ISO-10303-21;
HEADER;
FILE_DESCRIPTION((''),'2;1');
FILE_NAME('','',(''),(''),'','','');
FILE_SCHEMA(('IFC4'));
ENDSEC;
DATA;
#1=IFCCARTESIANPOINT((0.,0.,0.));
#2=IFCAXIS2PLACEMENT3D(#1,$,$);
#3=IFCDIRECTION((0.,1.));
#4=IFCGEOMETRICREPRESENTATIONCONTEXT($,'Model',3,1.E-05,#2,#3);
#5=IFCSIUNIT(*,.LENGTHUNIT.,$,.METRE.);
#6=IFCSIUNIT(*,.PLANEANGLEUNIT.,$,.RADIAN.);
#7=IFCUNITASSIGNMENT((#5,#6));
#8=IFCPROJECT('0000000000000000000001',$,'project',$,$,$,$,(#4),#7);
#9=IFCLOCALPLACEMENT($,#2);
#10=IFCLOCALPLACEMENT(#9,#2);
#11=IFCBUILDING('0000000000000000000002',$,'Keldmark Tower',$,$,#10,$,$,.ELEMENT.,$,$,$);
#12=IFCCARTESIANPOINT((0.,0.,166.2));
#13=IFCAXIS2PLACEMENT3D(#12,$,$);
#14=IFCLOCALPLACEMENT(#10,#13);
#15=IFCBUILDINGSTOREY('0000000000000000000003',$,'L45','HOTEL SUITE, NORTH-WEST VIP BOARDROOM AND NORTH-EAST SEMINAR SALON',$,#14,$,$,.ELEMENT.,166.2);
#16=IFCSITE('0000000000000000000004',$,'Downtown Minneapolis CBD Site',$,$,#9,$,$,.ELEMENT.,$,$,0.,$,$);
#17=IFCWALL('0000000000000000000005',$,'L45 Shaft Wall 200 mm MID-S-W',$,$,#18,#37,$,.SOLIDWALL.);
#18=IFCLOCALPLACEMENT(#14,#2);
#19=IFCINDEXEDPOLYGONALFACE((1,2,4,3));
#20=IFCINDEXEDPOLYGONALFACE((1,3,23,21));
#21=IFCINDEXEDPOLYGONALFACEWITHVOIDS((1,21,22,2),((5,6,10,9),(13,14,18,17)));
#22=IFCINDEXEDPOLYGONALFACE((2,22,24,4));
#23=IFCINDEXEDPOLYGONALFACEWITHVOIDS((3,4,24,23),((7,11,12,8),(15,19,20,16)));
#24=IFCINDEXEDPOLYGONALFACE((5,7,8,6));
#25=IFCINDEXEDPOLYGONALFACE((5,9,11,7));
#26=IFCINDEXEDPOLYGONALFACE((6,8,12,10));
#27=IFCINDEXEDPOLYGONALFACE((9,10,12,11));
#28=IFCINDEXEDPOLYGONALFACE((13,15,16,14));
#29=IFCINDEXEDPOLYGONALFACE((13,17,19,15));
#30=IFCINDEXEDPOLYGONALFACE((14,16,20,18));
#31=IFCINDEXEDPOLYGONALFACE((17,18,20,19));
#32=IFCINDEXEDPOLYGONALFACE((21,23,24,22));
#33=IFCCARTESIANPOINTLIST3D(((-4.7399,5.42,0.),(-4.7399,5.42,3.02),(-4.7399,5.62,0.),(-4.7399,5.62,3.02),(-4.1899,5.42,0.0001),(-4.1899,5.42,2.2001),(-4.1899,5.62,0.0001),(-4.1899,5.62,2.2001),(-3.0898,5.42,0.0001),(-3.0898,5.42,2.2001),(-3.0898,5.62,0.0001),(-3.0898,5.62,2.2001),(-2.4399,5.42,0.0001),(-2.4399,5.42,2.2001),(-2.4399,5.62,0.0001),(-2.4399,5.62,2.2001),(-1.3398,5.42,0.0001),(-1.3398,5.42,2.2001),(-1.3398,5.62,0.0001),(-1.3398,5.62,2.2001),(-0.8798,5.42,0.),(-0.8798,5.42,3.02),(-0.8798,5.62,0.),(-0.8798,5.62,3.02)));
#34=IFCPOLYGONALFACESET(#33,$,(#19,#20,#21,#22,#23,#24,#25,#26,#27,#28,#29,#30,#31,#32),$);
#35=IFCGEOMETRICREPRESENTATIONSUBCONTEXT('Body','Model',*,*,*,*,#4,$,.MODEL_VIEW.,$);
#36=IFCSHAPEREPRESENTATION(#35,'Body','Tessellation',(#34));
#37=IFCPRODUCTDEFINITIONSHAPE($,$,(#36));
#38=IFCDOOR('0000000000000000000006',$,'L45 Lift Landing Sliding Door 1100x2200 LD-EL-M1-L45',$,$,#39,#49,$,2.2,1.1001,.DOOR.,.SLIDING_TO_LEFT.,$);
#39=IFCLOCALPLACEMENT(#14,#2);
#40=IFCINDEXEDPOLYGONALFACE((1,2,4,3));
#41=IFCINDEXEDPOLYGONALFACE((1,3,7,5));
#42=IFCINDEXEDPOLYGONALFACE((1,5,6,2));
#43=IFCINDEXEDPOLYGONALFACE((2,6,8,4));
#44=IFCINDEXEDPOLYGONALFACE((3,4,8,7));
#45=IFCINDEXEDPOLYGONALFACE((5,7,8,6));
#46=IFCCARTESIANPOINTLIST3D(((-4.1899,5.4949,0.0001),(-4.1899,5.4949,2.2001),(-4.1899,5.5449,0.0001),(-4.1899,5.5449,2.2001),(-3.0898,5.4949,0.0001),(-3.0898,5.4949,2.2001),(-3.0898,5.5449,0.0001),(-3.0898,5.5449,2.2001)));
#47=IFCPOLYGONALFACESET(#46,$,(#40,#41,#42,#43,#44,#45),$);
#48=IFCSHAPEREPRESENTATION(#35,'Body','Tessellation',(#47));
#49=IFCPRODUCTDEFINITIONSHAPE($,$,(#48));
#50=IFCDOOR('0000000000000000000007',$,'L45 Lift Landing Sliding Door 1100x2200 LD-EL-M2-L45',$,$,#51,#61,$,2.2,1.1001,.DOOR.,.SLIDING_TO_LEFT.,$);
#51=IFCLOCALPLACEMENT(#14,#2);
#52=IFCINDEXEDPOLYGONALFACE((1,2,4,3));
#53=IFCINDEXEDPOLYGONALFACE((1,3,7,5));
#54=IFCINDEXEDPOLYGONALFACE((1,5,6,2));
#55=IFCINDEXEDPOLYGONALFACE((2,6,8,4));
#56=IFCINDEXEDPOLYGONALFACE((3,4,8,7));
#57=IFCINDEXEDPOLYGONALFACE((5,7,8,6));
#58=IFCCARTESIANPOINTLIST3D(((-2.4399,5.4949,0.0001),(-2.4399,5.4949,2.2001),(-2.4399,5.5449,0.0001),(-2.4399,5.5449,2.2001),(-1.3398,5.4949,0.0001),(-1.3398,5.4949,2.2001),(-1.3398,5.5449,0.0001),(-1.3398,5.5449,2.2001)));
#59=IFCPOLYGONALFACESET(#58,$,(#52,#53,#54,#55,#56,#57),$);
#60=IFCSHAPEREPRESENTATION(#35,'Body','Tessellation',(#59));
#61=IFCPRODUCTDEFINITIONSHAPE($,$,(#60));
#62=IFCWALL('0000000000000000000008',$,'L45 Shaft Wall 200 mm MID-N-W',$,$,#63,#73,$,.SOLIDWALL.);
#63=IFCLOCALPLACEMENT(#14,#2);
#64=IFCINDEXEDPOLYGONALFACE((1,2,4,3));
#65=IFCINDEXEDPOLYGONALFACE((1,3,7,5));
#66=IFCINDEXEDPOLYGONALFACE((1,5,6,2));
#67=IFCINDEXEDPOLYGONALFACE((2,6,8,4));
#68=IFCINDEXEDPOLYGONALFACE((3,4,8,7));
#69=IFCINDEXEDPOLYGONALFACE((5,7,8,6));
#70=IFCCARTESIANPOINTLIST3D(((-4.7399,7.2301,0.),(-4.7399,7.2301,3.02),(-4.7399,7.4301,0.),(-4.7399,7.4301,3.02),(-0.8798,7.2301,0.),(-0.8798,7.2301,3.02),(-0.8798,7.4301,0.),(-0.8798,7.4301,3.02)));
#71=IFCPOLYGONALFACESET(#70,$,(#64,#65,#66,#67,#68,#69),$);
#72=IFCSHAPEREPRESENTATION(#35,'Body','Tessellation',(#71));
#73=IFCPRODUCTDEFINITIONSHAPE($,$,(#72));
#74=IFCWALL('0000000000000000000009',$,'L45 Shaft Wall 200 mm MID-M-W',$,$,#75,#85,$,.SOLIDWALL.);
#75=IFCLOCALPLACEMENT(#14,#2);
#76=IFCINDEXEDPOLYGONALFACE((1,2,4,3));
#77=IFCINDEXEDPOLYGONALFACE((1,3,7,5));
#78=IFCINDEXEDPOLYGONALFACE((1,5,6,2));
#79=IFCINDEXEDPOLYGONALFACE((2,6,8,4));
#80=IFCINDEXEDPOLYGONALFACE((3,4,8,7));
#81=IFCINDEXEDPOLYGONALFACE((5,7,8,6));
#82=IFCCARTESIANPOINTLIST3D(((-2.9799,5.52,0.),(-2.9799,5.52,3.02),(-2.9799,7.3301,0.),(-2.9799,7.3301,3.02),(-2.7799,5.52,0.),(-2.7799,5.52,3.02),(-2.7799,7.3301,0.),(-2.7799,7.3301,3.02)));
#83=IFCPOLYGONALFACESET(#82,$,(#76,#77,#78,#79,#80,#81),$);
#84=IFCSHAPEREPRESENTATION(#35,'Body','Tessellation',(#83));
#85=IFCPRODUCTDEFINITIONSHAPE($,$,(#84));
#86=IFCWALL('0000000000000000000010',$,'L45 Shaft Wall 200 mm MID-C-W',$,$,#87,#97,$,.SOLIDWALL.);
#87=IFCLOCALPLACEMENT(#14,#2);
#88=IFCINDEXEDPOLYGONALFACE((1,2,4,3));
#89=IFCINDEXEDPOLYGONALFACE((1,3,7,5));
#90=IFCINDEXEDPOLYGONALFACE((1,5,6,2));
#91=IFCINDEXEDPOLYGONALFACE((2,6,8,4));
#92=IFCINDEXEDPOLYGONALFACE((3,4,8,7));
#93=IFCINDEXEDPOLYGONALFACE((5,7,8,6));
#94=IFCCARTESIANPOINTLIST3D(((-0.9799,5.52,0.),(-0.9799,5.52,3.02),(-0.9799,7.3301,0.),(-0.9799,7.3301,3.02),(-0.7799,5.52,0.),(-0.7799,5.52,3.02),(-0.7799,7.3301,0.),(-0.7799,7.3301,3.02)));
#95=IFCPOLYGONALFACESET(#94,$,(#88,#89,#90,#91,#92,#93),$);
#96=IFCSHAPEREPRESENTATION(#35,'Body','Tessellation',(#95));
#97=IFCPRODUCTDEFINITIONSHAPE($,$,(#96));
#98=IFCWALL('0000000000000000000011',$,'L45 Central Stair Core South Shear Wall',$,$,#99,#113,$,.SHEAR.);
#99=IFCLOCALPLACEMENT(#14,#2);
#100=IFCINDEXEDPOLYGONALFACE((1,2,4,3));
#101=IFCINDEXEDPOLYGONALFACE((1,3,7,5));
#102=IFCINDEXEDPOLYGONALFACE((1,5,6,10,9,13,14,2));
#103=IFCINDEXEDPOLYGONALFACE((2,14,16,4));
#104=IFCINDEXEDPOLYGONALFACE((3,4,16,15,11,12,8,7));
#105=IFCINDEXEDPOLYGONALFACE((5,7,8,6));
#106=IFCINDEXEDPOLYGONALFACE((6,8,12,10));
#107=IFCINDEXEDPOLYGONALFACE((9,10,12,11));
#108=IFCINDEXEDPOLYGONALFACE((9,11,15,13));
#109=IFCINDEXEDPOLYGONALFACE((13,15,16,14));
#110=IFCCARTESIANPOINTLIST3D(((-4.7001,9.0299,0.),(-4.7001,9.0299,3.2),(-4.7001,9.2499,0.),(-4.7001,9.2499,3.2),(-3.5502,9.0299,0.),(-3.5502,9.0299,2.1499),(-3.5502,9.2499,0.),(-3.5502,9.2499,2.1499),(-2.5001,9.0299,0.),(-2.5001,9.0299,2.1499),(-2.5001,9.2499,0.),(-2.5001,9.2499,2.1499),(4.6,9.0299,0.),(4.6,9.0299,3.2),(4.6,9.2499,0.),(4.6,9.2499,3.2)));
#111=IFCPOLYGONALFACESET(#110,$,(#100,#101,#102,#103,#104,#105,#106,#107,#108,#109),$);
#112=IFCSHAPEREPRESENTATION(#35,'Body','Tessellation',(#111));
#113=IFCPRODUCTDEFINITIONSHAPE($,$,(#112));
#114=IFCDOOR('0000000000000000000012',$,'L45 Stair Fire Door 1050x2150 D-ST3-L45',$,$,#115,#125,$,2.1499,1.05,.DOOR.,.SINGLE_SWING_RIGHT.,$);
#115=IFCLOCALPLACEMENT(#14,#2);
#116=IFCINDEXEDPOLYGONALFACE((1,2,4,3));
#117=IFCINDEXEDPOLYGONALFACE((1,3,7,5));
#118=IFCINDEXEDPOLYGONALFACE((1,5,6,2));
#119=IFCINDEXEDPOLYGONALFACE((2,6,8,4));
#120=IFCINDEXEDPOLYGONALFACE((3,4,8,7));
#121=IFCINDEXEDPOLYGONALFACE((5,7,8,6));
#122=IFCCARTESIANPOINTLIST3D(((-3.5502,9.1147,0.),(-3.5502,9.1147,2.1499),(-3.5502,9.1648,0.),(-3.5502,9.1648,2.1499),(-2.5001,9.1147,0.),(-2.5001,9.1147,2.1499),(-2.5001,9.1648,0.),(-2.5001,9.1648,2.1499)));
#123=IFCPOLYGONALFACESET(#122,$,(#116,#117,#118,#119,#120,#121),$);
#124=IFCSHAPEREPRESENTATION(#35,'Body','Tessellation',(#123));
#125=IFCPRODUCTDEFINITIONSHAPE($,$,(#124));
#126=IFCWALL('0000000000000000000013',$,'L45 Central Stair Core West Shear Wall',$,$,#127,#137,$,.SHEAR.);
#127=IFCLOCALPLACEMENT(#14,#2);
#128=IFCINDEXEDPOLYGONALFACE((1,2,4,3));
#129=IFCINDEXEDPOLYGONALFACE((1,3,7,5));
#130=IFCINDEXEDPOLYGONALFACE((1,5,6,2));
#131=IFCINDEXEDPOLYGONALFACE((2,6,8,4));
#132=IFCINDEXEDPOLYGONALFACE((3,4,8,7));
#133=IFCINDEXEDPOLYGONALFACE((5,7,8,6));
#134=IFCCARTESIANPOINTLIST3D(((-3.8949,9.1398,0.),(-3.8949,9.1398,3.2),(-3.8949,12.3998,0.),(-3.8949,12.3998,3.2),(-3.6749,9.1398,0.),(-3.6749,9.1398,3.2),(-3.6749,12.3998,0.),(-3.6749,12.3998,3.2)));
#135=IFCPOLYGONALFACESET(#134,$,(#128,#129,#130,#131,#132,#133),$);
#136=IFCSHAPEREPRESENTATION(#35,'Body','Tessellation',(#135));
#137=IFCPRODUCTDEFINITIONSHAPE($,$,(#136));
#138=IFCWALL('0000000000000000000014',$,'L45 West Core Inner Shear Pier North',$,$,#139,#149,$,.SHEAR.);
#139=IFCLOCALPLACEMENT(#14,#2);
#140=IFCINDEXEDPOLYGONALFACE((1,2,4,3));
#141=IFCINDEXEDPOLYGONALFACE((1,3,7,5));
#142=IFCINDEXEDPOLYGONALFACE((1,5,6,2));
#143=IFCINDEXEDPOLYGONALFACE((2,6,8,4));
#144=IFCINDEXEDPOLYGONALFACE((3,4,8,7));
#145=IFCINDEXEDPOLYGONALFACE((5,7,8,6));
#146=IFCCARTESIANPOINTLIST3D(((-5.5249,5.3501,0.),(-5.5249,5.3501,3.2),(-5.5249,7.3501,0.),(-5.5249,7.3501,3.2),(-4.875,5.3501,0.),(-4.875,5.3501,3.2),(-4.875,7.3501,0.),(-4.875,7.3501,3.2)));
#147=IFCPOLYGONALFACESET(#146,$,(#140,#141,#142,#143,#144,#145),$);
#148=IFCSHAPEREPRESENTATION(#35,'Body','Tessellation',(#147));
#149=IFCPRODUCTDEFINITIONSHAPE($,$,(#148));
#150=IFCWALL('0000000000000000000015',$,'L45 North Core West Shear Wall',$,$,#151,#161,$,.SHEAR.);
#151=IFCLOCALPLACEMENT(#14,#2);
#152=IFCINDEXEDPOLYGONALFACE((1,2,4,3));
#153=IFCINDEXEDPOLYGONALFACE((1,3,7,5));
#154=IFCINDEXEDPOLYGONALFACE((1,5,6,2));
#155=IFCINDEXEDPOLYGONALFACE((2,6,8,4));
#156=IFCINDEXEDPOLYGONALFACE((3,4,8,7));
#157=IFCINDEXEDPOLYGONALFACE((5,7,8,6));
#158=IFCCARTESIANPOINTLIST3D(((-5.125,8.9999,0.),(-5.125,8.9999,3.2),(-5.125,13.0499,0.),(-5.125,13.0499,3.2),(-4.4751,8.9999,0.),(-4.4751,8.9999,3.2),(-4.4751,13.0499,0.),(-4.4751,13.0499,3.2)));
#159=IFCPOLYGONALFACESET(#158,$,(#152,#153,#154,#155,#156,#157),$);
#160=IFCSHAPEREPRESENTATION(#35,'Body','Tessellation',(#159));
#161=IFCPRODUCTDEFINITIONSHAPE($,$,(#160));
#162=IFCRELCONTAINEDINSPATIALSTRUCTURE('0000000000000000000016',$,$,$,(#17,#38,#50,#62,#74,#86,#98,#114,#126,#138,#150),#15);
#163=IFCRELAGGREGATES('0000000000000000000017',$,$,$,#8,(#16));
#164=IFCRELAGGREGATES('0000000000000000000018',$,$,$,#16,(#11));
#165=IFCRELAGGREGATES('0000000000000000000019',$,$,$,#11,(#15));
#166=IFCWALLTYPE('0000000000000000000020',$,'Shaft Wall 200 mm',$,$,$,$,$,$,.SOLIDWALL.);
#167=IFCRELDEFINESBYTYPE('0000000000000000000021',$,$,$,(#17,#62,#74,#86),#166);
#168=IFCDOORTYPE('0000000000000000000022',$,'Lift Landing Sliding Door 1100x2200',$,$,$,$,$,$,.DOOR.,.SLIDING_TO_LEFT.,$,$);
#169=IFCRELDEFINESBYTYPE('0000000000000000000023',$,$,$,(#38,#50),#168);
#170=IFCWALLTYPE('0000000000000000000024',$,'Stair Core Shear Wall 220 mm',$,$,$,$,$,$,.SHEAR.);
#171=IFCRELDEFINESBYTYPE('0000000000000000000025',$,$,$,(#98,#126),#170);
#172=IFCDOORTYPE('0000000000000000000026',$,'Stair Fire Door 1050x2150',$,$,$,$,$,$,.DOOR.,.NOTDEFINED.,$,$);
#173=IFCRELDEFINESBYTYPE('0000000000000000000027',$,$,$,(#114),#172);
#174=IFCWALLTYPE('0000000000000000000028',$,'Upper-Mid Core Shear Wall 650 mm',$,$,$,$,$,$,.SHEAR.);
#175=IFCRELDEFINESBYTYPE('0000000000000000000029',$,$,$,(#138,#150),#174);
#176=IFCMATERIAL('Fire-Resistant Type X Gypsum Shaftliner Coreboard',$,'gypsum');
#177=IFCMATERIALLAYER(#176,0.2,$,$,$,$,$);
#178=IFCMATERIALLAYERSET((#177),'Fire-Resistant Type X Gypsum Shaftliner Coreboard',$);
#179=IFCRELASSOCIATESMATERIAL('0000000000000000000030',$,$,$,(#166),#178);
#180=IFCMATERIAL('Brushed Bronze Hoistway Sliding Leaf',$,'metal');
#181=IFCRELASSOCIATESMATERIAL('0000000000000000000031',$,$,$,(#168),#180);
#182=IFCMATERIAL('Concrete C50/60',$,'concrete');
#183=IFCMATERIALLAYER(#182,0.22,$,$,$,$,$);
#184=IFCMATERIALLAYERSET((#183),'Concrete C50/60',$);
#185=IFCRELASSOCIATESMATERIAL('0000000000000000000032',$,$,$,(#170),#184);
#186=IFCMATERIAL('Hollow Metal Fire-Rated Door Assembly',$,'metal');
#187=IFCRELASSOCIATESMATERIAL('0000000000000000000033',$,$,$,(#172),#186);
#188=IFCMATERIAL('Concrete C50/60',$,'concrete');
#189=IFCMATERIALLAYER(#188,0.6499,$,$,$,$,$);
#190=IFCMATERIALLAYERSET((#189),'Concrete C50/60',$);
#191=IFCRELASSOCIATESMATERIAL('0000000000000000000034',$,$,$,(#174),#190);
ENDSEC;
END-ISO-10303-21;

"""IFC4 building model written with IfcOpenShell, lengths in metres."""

from ifc_helpers import new_model, si_unit, direction, frame, frame_2d, origin, place, context, subcontext, project, spatial, rectangle, extrude, material, layer, layer_set, type_object, element, fill, save


model = new_model("IFC4")

# Units and contexts
model_context = context("Model", 3, precision=1e-05, world=origin(), true_north=direction((0.0, 1.0)))
body_context = subcontext(model_context, "Body", "Model", "MODEL_VIEW")
ifc_project = project(units=[si_unit("LENGTHUNIT", "METRE"), si_unit("PLANEANGLEUNIT", "RADIAN")], contexts=[model_context])

# Site, building, storey
site_placement = place(None, origin())
site = spatial("IfcSite", under=ifc_project, at=site_placement, Name="Downtown Minneapolis CBD Site", CompositionType="ELEMENT", RefElevation=0.0)
building_placement = place(site_placement, origin())
building = spatial("IfcBuilding", under=site, at=building_placement, Name="Keldmark Tower", CompositionType="ELEMENT")
storey_placement = place(building_placement, frame((0.0, 0.0, 166.2)))
storey = spatial("IfcBuildingStorey", under=building, at=storey_placement, Name="L45", Description="HOTEL SUITE, NORTH-WEST VIP BOARDROOM AND NORTH-EAST SEMINAR SALON", CompositionType="ELEMENT", Elevation=166.2)

# Wall, openings, doors
ifc_material_1 = material(Name="Fire-Resistant Type X Gypsum Shaftliner Coreboard", Category="gypsum")
ifc_layer_1 = layer(ifc_material_1, 0.2)
ifc_layer_set_1 = layer_set([ifc_layer_1], Name="Fire-Resistant Type X Gypsum Shaftliner Coreboard")
wall_type_1 = type_object("IfcWallType", Name="Shaft Wall 200 mm", PredefinedType="SOLIDWALL", material=ifc_layer_set_1)
wall_1_placement = place(storey_placement, frame((-4.74, 5.52, 0.0), z_axis=(0.0, 0.0, 1.0), x_axis=(1.0, 0.0, 0.0)))
wall_1 = element("IfcWall", 1, at=wall_1_placement, inside=storey, type_object=wall_type_1, Name="L45 Shaft Wall 200 mm MID-S-W", PredefinedType="SOLIDWALL", context=body_context, shape_type="SweptSolid", body=[
    extrude(rectangle(XDim=3.8601, YDim=0.2, at=frame_2d((1.9302, 0.0))), origin(), (0.0, 0.0, 1.0), 3.02),
])
opening_1_placement = place(wall_1_placement, frame((0.55, 0.0, 0.0)))
opening_1 = element("IfcOpeningElement", 2, at=opening_1_placement, cuts=wall_1, PredefinedType="OPENING", context=body_context, shape_type="SweptSolid", body=[
    extrude(rectangle(XDim=1.1001, YDim=2.2, at=frame_2d((0.55, 1.1001))), frame((0.0, 0.1099, 0.0), z_axis=(0.0, -1.0, 0.0), x_axis=(1.0, 0.0, 0.0)), (0.0, 0.0, 1.0), 0.22),
])
opening_2_placement = place(wall_1_placement, frame((2.3, 0.0, 0.0)))
opening_2 = element("IfcOpeningElement", 3, at=opening_2_placement, cuts=wall_1, PredefinedType="OPENING", context=body_context, shape_type="SweptSolid", body=[
    extrude(rectangle(XDim=1.1001, YDim=2.2, at=frame_2d((0.55, 1.1001))), frame((0.0, 0.1099, 0.0), z_axis=(0.0, -1.0, 0.0), x_axis=(1.0, 0.0, 0.0)), (0.0, 0.0, 1.0), 0.22),
])
ifc_material_2 = material(Name="Brushed Bronze Hoistway Sliding Leaf", Category="metal")
door_type_1 = type_object("IfcDoorType", Name="Lift Landing Sliding Door 1100x2200", OperationType="SLIDING_TO_LEFT", PredefinedType="DOOR", material=ifc_material_2)
door_1_placement = place(opening_1_placement, origin())
door_1 = element("IfcDoor", 4, at=door_1_placement, inside=storey, type_object=door_type_1, Name="L45 Lift Landing Sliding Door 1100x2200 LD-EL-M1-L45", OperationType="SLIDING_TO_LEFT", OverallHeight=2.2, OverallWidth=1.1001, PredefinedType="DOOR", context=body_context, shape_type="SweptSolid", body=[
    extrude(rectangle(XDim=1.1001, YDim=2.2, at=frame_2d((0.55, 1.1001))), frame((0.0, 0.0249, 0.0), z_axis=(0.0, -1.0, 0.0), x_axis=(1.0, 0.0, 0.0)), (0.0, 0.0, 1.0), 0.05),
])
fill(opening_1, door_1)
door_2_placement = place(opening_2_placement, origin())
door_2 = element("IfcDoor", 5, at=door_2_placement, inside=storey, type_object=door_type_1, Name="L45 Lift Landing Sliding Door 1100x2200 LD-EL-M2-L45", OperationType="SLIDING_TO_LEFT", OverallHeight=2.2, OverallWidth=1.1001, PredefinedType="DOOR", context=body_context, shape_type="SweptSolid", body=[
    extrude(rectangle(XDim=1.1001, YDim=2.2, at=frame_2d((0.55, 1.1001))), frame((0.0, 0.0249, 0.0), z_axis=(0.0, -1.0, 0.0), x_axis=(1.0, 0.0, 0.0)), (0.0, 0.0, 1.0), 0.05),
])
fill(opening_2, door_2)

# Walls
wall_2_placement = place(storey_placement, frame((-4.74, 7.3301, 0.0), z_axis=(0.0, 0.0, 1.0), x_axis=(1.0, 0.0, 0.0)))
element("IfcWall", 6, at=wall_2_placement, inside=storey, type_object=wall_type_1, Name="L45 Shaft Wall 200 mm MID-N-W", PredefinedType="SOLIDWALL", context=body_context, shape_type="SweptSolid", body=[
    extrude(rectangle(XDim=3.8601, YDim=0.2, at=frame_2d((1.9302, 0.0))), origin(), (0.0, 0.0, 1.0), 3.02),
])
for number, where, z_axis, x_axis, name in (
    (7, (-2.8799, 5.52, 0.0), (0.0, 0.0, 1.0), (0.0, 1.0, 0.0), "L45 Shaft Wall 200 mm MID-M-W"),
    (8, (-0.8799, 5.52, 0.0), (0.0, 0.0, 1.0), (0.0, 1.0, 0.0), "L45 Shaft Wall 200 mm MID-C-W"),
):
    element("IfcWall", number, at=place(storey_placement, frame(where, z_axis=z_axis, x_axis=x_axis)), inside=storey, type_object=wall_type_1, Name=name, PredefinedType="SOLIDWALL", context=body_context, shape_type="SweptSolid", body=[
        extrude(rectangle(XDim=1.8101, YDim=0.2, at=frame_2d((0.905, 0.0))), origin(), (0.0, 0.0, 1.0), 3.02),
    ])

# Wall, opening, door
ifc_material_3 = material(Name="Concrete C50/60", Category="concrete")
ifc_layer_2 = layer(ifc_material_3, 0.22)
ifc_layer_set_2 = layer_set([ifc_layer_2], Name="Concrete C50/60")
wall_type_2 = type_object("IfcWallType", Name="Stair Core Shear Wall 220 mm", PredefinedType="SHEAR", material=ifc_layer_set_2)
wall_3_placement = place(storey_placement, frame((-4.7, 9.1399, 0.0), z_axis=(0.0, 0.0, 1.0), x_axis=(1.0, 0.0, 0.0)))
wall_3 = element("IfcWall", 9, at=wall_3_placement, inside=storey, type_object=wall_type_2, Name="L45 Central Stair Core South Shear Wall", PredefinedType="SHEAR", context=body_context, shape_type="SweptSolid", body=[
    extrude(rectangle(XDim=9.3, YDim=0.22, at=frame_2d((4.6499, 0.0))), origin(), (0.0, 0.0, 1.0), 3.2),
])
opening_3_placement = place(wall_3_placement, frame((1.1499, 0.0, 0.0)))
opening_3 = element("IfcOpeningElement", 10, at=opening_3_placement, cuts=wall_3, PredefinedType="OPENING", context=body_context, shape_type="SweptSolid", body=[
    extrude(rectangle(XDim=1.05, YDim=2.1499, at=frame_2d((0.5249, 1.075))), frame((0.0, 0.1199, 0.0), z_axis=(0.0, -1.0, 0.0), x_axis=(1.0, 0.0, 0.0)), (0.0, 0.0, 1.0), 0.24),
])
ifc_material_4 = material(Name="Hollow Metal Fire-Rated Door Assembly", Category="metal")
door_type_2 = type_object("IfcDoorType", Name="Stair Fire Door 1050x2150", OperationType="NOTDEFINED", PredefinedType="DOOR", material=ifc_material_4)
door_3_placement = place(opening_3_placement, origin())
door_3 = element("IfcDoor", 11, at=door_3_placement, inside=storey, type_object=door_type_2, Name="L45 Stair Fire Door 1050x2150 D-ST3-L45", OperationType="SINGLE_SWING_RIGHT", OverallHeight=2.1499, OverallWidth=1.05, PredefinedType="DOOR", context=body_context, shape_type="SweptSolid", body=[
    extrude(rectangle(XDim=1.05, YDim=2.1499, at=frame_2d((0.5249, 1.075))), frame((0.0, 0.0249, 0.0), z_axis=(0.0, -1.0, 0.0), x_axis=(1.0, 0.0, 0.0)), (0.0, 0.0, 1.0), 0.05),
])
fill(opening_3, door_3)

# Walls
wall_4_placement = place(storey_placement, frame((-3.7849, 9.1399, 0.0), z_axis=(0.0, 0.0, 1.0), x_axis=(0.0, 1.0, 0.0)))
element("IfcWall", 12, at=wall_4_placement, inside=storey, type_object=wall_type_2, Name="L45 Central Stair Core West Shear Wall", PredefinedType="SHEAR", context=body_context, shape_type="SweptSolid", body=[
    extrude(rectangle(XDim=3.26, YDim=0.22, at=frame_2d((1.6299, 0.0))), origin(), (0.0, 0.0, 1.0), 3.2),
])
ifc_material_5 = material(Name="Concrete C50/60", Category="concrete")
ifc_layer_3 = layer(ifc_material_5, 0.6499)
ifc_layer_set_3 = layer_set([ifc_layer_3], Name="Concrete C50/60")
wall_type_3 = type_object("IfcWallType", Name="Upper-Mid Core Shear Wall 650 mm", PredefinedType="SHEAR", material=ifc_layer_set_3)
wall_5_placement = place(storey_placement, frame((-5.2, 5.3501, 0.0), z_axis=(0.0, 0.0, 1.0), x_axis=(0.0, 1.0, 0.0)))
element("IfcWall", 13, at=wall_5_placement, inside=storey, type_object=wall_type_3, Name="L45 West Core Inner Shear Pier North", PredefinedType="SHEAR", context=body_context, shape_type="SweptSolid", body=[
    extrude(rectangle(XDim=2.0, YDim=0.6499, at=frame_2d((1.0, 0.0))), origin(), (0.0, 0.0, 1.0), 3.2),
])
wall_6_placement = place(storey_placement, frame((-4.8, 9.0, 0.0), z_axis=(0.0, 0.0, 1.0), x_axis=(0.0, 1.0, 0.0)))
element("IfcWall", 14, at=wall_6_placement, inside=storey, type_object=wall_type_3, Name="L45 North Core West Shear Wall", PredefinedType="SHEAR", context=body_context, shape_type="SweptSolid", body=[
    extrude(rectangle(XDim=4.05, YDim=0.6499, at=frame_2d((2.0249, 0.0))), origin(), (0.0, 0.0, 1.0), 3.2),
])

save(model, "model.ifc")
